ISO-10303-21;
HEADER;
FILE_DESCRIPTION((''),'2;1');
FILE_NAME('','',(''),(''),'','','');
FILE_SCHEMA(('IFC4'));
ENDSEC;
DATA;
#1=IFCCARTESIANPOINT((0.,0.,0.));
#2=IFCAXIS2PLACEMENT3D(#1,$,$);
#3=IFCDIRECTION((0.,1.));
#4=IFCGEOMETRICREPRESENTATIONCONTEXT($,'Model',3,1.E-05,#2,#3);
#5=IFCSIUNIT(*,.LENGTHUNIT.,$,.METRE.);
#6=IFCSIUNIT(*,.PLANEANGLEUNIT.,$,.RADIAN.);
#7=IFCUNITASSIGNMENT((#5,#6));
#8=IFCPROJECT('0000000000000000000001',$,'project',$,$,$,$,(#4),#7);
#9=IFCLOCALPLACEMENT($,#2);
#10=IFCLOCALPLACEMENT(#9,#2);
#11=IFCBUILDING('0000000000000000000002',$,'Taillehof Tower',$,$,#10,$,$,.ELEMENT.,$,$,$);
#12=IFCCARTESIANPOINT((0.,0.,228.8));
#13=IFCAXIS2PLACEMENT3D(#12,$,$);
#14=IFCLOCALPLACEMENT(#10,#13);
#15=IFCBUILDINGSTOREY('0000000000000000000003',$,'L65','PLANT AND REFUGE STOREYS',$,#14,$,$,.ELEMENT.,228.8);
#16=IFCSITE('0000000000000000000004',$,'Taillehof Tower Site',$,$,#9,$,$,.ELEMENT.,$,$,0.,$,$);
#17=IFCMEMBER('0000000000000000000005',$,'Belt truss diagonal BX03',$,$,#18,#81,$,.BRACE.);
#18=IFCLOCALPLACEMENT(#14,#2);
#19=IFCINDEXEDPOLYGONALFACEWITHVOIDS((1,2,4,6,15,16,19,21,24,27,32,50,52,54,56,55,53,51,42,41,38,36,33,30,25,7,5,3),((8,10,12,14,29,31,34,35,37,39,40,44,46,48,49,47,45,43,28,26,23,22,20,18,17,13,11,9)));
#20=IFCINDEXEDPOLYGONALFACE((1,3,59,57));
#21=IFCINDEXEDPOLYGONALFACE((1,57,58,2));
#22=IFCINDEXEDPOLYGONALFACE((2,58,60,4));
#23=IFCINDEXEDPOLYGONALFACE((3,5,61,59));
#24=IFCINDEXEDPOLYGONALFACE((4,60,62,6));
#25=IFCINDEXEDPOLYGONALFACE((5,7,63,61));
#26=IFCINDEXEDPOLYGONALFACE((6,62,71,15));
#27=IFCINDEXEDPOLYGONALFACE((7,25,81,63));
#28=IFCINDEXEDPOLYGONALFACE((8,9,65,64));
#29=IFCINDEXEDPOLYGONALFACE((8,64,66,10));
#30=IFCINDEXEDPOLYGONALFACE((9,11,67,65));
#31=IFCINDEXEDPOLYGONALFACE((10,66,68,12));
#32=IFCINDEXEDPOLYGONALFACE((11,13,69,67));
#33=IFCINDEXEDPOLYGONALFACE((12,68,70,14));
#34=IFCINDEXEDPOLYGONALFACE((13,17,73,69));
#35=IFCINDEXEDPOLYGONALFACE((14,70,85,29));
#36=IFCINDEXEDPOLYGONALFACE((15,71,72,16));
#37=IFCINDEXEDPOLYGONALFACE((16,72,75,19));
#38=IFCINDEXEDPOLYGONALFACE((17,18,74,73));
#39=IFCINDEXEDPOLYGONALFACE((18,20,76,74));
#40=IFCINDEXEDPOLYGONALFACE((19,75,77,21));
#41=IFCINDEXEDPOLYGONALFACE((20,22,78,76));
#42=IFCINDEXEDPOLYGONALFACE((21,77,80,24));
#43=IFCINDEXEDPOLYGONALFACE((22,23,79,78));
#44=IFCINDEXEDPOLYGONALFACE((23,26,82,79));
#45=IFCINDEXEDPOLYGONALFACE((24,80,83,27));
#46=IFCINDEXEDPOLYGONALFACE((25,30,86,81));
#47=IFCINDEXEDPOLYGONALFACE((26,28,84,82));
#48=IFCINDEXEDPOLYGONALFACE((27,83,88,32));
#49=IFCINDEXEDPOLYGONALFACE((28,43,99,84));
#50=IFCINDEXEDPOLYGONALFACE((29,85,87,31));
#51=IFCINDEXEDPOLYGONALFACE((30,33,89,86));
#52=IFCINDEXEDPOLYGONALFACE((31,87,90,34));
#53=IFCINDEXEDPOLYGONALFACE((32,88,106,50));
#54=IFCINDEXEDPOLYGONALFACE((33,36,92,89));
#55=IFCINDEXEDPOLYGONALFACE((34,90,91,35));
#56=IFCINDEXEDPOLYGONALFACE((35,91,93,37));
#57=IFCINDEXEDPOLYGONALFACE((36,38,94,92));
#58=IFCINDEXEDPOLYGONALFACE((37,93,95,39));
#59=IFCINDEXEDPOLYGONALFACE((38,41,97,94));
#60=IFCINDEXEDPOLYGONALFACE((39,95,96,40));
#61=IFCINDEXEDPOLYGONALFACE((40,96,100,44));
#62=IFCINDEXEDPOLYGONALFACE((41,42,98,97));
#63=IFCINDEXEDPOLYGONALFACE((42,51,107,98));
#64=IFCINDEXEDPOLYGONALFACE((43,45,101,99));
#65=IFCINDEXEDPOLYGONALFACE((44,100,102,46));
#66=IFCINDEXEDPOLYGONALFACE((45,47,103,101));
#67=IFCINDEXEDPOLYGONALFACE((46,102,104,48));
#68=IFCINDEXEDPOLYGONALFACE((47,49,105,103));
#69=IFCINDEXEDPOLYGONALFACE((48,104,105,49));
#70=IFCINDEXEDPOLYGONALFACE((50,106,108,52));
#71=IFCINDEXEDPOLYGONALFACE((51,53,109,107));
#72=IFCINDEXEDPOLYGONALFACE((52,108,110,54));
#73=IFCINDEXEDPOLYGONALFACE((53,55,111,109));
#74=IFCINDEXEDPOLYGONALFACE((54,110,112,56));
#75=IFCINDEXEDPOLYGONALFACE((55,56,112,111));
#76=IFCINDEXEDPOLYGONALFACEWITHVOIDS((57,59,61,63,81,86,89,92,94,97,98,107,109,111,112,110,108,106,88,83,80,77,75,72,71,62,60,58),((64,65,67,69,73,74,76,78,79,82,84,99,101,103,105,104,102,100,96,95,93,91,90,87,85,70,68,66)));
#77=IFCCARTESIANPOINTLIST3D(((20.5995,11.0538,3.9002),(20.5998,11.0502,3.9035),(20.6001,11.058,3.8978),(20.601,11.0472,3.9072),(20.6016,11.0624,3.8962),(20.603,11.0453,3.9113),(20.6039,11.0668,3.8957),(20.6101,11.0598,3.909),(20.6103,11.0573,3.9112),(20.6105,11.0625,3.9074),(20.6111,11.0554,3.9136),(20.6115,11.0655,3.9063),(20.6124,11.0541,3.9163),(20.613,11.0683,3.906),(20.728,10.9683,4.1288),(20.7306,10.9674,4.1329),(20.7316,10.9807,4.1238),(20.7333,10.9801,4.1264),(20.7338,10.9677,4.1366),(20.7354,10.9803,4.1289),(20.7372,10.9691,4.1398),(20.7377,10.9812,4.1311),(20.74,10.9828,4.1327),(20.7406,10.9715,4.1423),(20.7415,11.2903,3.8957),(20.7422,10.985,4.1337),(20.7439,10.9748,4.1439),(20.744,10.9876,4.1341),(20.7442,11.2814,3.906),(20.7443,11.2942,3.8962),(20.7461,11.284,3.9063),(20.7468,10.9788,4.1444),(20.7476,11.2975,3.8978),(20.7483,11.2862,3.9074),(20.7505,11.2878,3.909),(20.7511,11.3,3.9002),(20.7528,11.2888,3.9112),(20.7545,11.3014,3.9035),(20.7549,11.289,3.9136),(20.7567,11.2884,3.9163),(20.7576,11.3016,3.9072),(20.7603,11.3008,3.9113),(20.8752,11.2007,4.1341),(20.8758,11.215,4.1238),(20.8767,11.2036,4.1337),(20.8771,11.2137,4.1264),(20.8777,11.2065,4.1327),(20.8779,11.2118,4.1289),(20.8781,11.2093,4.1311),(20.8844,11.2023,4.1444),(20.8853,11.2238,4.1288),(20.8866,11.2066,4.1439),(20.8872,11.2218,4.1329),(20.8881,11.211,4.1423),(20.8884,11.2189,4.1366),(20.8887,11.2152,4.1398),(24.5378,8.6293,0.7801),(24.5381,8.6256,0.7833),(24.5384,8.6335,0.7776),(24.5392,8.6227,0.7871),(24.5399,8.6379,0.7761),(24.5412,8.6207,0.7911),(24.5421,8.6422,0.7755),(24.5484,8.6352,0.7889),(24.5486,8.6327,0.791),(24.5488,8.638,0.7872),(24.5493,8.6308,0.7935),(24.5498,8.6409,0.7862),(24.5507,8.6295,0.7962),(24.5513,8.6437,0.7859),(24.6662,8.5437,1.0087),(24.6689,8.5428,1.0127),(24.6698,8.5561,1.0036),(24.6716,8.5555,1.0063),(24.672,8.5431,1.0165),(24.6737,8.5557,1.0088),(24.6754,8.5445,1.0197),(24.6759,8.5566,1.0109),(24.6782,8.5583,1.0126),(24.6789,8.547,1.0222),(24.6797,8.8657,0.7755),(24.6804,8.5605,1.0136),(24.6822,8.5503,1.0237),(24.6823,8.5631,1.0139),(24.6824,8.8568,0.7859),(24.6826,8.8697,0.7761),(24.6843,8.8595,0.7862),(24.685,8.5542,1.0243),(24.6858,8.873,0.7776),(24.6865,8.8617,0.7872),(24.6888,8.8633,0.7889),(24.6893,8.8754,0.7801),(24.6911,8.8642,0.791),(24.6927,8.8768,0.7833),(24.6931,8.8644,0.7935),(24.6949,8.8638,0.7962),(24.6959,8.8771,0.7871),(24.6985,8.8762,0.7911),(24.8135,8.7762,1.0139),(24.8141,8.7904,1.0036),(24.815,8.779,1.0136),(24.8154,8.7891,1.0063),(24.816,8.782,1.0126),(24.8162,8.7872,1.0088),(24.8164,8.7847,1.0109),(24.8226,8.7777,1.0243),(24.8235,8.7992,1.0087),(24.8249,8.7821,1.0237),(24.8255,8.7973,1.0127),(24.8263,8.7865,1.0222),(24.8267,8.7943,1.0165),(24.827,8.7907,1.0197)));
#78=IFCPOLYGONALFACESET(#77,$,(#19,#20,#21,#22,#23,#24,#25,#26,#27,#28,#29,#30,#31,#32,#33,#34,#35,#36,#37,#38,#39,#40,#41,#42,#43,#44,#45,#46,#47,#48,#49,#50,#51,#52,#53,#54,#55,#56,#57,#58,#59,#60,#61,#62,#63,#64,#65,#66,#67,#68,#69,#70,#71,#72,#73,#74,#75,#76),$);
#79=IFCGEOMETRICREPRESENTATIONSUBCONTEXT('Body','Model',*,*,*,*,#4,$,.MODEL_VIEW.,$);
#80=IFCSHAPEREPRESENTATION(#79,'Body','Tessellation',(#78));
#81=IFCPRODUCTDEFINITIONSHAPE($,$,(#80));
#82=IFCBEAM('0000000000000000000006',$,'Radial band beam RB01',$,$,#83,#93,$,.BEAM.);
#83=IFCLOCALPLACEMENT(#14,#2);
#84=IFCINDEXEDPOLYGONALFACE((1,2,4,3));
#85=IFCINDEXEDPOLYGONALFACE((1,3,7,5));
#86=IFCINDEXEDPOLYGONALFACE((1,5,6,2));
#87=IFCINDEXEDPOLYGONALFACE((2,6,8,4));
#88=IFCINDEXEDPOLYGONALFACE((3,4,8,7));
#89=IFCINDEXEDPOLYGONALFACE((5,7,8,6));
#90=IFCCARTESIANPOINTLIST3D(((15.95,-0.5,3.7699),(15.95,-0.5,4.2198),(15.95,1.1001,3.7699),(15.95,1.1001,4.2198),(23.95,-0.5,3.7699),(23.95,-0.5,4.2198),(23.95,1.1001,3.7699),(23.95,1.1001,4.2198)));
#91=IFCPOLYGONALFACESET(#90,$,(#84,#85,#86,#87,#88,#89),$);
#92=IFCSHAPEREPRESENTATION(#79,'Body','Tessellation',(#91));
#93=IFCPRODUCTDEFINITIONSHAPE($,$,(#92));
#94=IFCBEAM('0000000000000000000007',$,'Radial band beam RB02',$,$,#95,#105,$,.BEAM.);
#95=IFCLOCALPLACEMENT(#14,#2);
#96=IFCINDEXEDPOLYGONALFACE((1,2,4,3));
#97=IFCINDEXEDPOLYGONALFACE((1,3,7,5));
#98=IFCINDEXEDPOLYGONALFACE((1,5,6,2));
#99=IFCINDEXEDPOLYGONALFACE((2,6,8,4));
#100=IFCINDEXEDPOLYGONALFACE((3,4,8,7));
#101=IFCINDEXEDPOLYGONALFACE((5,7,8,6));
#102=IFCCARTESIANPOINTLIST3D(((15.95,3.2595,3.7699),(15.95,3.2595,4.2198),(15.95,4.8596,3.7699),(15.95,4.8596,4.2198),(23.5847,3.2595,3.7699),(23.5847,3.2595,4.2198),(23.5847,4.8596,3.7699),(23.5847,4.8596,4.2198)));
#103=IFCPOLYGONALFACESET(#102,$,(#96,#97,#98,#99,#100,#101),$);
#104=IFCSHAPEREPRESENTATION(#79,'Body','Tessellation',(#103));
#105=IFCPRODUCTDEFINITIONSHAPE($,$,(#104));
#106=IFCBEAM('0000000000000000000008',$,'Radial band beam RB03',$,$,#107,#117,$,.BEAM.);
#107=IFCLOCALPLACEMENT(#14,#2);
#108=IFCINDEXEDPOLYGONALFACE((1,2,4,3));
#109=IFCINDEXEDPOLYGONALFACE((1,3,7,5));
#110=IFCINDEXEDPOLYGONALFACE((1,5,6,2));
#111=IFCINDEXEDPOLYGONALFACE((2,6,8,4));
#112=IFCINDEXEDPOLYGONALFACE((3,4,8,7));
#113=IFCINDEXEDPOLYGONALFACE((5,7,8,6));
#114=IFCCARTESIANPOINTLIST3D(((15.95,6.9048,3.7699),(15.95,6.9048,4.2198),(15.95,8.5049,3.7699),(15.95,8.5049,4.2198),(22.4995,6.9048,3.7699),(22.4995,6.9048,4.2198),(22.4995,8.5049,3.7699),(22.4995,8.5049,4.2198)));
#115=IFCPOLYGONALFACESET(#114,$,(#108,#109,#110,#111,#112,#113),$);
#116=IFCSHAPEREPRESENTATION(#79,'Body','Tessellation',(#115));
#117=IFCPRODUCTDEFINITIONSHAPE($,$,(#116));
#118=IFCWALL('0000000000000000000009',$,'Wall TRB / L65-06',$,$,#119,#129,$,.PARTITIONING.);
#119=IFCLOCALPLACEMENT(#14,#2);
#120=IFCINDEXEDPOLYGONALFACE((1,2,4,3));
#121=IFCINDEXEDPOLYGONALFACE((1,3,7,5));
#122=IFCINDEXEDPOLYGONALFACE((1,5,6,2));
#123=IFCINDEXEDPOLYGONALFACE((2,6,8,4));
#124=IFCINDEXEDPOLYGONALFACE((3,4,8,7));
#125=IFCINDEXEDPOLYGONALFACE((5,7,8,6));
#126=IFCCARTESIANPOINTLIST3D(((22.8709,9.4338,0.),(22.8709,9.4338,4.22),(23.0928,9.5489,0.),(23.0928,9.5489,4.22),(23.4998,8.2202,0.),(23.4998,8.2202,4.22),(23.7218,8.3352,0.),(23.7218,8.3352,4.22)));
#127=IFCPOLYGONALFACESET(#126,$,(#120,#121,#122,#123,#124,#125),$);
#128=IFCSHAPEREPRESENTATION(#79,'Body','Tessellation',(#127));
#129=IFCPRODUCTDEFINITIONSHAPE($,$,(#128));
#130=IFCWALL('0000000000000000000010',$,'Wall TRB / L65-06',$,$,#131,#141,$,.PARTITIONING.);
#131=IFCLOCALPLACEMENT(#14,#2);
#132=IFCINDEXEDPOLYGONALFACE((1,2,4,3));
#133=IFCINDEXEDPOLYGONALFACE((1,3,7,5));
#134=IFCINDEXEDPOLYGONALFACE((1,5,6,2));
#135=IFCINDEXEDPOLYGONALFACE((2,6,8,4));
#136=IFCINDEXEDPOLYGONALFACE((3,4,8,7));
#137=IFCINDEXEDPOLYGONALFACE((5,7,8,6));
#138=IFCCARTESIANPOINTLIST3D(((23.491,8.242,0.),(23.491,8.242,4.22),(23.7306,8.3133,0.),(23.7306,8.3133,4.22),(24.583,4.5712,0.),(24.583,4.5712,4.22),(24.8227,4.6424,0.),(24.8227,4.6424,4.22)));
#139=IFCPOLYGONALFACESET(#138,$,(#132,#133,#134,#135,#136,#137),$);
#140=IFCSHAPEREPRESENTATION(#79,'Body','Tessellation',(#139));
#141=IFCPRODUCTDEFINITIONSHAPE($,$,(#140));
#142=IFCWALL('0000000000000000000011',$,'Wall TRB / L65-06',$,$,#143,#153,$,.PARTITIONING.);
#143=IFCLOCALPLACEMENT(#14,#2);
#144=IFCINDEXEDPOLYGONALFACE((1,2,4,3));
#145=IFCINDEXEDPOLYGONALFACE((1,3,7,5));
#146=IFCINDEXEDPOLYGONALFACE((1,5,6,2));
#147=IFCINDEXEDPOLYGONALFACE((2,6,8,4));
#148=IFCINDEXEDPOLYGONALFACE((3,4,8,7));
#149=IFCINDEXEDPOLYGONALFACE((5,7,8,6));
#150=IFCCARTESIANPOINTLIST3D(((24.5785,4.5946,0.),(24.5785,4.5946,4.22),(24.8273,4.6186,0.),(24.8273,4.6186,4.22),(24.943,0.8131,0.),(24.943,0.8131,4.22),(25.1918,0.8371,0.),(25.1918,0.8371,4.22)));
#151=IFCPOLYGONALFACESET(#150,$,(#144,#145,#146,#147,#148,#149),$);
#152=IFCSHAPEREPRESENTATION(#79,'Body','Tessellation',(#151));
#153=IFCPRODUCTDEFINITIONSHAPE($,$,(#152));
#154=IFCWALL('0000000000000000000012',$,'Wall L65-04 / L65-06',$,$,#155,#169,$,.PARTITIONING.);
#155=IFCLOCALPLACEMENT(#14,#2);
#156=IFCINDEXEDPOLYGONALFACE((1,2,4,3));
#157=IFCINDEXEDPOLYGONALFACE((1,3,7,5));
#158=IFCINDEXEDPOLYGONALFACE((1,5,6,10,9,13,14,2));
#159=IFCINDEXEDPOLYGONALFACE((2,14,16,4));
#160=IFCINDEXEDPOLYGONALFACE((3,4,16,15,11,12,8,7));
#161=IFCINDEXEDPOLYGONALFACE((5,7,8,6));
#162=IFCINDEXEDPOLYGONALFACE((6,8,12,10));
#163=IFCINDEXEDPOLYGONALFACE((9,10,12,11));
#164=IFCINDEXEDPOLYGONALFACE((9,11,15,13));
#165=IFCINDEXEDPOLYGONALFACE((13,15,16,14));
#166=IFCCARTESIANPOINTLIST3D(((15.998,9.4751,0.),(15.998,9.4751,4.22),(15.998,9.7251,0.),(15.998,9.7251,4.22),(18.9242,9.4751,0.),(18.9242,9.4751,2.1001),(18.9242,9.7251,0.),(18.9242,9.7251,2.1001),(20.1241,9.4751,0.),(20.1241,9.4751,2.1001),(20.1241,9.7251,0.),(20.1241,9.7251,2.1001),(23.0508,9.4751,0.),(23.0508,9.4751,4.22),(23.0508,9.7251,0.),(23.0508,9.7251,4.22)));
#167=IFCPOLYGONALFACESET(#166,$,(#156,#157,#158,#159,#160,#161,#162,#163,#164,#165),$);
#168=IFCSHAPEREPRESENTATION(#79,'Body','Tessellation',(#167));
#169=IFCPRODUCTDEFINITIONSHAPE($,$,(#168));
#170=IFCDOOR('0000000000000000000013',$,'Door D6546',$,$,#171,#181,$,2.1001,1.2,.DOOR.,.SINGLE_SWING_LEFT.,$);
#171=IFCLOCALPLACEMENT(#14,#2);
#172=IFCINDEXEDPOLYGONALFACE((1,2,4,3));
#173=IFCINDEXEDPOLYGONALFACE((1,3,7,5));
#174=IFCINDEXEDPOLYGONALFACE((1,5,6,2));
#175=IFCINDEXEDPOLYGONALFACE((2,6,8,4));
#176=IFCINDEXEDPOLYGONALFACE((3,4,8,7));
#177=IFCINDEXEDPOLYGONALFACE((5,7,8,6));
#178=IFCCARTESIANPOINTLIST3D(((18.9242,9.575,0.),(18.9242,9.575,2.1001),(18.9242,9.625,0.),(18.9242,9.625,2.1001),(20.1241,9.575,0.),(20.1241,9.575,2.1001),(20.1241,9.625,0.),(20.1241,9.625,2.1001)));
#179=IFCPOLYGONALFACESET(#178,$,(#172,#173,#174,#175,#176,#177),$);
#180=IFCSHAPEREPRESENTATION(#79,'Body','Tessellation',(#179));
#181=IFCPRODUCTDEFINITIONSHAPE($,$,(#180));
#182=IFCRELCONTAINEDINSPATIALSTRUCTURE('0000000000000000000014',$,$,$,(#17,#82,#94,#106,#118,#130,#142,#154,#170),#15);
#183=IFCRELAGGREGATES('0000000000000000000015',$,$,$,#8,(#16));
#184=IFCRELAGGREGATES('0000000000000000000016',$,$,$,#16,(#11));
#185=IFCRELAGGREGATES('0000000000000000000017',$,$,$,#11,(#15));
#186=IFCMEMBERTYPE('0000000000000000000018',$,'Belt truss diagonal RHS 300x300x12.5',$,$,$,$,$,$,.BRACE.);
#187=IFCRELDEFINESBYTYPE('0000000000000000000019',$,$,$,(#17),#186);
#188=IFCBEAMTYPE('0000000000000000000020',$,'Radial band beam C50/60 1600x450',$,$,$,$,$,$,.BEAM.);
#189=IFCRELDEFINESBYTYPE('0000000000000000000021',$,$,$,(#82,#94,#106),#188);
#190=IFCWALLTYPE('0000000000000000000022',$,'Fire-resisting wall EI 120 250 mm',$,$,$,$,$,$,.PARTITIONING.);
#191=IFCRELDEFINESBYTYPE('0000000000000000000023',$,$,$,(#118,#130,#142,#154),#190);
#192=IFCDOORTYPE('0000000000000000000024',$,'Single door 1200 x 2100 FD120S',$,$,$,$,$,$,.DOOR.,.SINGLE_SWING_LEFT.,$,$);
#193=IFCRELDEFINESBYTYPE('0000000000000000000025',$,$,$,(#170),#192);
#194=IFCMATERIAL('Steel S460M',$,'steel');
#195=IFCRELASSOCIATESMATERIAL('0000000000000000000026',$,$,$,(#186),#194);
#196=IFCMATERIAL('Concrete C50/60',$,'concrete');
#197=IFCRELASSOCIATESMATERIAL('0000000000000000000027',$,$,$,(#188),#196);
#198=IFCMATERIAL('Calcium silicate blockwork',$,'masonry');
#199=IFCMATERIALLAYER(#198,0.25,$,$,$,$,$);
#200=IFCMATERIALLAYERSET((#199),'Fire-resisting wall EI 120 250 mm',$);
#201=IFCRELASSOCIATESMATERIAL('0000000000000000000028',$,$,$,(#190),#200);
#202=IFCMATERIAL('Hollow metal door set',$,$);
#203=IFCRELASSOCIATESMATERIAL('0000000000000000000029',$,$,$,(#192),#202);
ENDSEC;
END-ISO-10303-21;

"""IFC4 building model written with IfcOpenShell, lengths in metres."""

from ifc_helpers import new_model, si_unit, direction, frame, frame_2d, origin, origin_2d, place, context, subcontext, project, spatial, rectangle, hollow_rectangle, extrude, material, layer, layer_set, material_profile, profile_set, type_object, element, fill, save


model = new_model("IFC4")

# Units and contexts
model_context = context("Model", 3, precision=1e-05, world=origin(), true_north=direction((0.0, 1.0)))
body_context = subcontext(model_context, "Body", "Model", "MODEL_VIEW")
ifc_project = project(units=[si_unit("LENGTHUNIT", "METRE"), si_unit("PLANEANGLEUNIT", "RADIAN")], contexts=[model_context])

# Site, building, storey
site_placement = place(None, origin())
site = spatial("IfcSite", under=ifc_project, at=site_placement, Name="Taillehof Tower Site", CompositionType="ELEMENT", RefElevation=0.0)
building_placement = place(site_placement, origin())
building = spatial("IfcBuilding", under=site, at=building_placement, Name="Taillehof Tower", CompositionType="ELEMENT")
storey_placement = place(building_placement, frame((0.0, 0.0, 228.8)))
storey = spatial("IfcBuildingStorey", under=building, at=storey_placement, Name="L65", Description="PLANT AND REFUGE STOREYS", CompositionType="ELEMENT", Elevation=228.8)

# Member
ifc_material_1 = material(Name="Steel S460M", Category="steel")
ifc_material_profile_1 = material_profile(ifc_material_1, hollow_rectangle(XDim=0.3, YDim=0.3, WallThickness=0.0125, InnerFilletRadius=0.0125, OuterFilletRadius=0.0188, at=origin_2d()), Name="RHS 300x300x12.5")
ifc_profile_set_1 = profile_set([ifc_material_profile_1], Name="Steel S460M")
member_type_1 = type_object("IfcMemberType", Name="Belt truss diagonal RHS 300x300x12.5", PredefinedType="BRACE", material=ifc_profile_set_1)
member_1_placement = place(storey_placement, frame((24.6824, 8.71, 0.8999), z_axis=(-0.705925, 0.4346, 0.559278), x_axis=(-0.524259, -0.851559, 0.0)))
element("IfcMember", 1, at=member_1_placement, inside=storey, type_object=member_type_1, Name="Belt truss diagonal BX03", PredefinedType="BRACE", context=body_context, shape_type="SweptSolid", body=[
    extrude(hollow_rectangle(XDim=0.3, YDim=0.3, WallThickness=0.0125, InnerFilletRadius=0.0125, OuterFilletRadius=0.0188, at=origin_2d()), origin(), (0.0, 0.0, 1.0), 5.5789),
])

# Beams
ifc_material_2 = material(Name="Concrete C50/60", Category="concrete")
ifc_material_profile_2 = material_profile(ifc_material_2, rectangle(XDim=1.6001, YDim=0.45, at=origin_2d()), Name="RC 1600x450")
ifc_profile_set_2 = profile_set([ifc_material_profile_2], Name="Concrete C50/60")
beam_type = type_object("IfcBeamType", Name="Radial band beam C50/60 1600x450", PredefinedType="BEAM", material=ifc_profile_set_2)
beam_1_placement = place(storey_placement, frame((23.95, 0.3, 3.9949), z_axis=(-1.0, 0.0, 0.0), x_axis=(0.0, -1.0, 0.0)))
element("IfcBeam", 2, at=beam_1_placement, inside=storey, type_object=beam_type, Name="Radial band beam RB01", PredefinedType="BEAM", context=body_context, shape_type="SweptSolid", body=[
    extrude(rectangle(XDim=1.6001, YDim=0.45, at=origin_2d()), origin(), (0.0, 0.0, 1.0), 8.0),
])
beam_2_placement = place(storey_placement, frame((23.5847, 4.0596, 3.9949), z_axis=(-1.0, 0.0, 0.0), x_axis=(0.0, -1.0, 0.0)))
element("IfcBeam", 3, at=beam_2_placement, inside=storey, type_object=beam_type, Name="Radial band beam RB02", PredefinedType="BEAM", context=body_context, shape_type="SweptSolid", body=[
    extrude(rectangle(XDim=1.6001, YDim=0.45, at=origin_2d()), origin(), (0.0, 0.0, 1.0), 7.6348),
])
beam_3_placement = place(storey_placement, frame((22.4995, 7.7048, 3.9949), z_axis=(-1.0, 0.0, 0.0), x_axis=(0.0, -1.0, 0.0)))
element("IfcBeam", 4, at=beam_3_placement, inside=storey, type_object=beam_type, Name="Radial band beam RB03", PredefinedType="BEAM", context=body_context, shape_type="SweptSolid", body=[
    extrude(rectangle(XDim=1.6001, YDim=0.45, at=origin_2d()), origin(), (0.0, 0.0, 1.0), 6.5496),
])

# Walls
ifc_material_3 = material(Name="Calcium silicate blockwork", Category="masonry")
ifc_layer_1 = layer(ifc_material_3, 0.25)
ifc_layer_set_1 = layer_set([ifc_layer_1], Name="Fire-resisting wall EI 120 250 mm")
wall_type = type_object("IfcWallType", Name="Fire-resisting wall EI 120 250 mm", PredefinedType="PARTITIONING", material=ifc_layer_set_1)
wall_1_placement = place(storey_placement, frame((23.6108, 8.2776, 0.0), z_axis=(0.0, 0.0, 1.0), x_axis=(-0.460098, 0.887868, 0.0)))
element("IfcWall", 5, at=wall_1_placement, inside=storey, type_object=wall_type, Name="Wall TRB / L65-06", PredefinedType="PARTITIONING", context=body_context, shape_type="SweptSolid", body=[
    extrude(rectangle(XDim=1.3669, YDim=0.25, at=frame_2d((0.6836, 0.0))), origin(), (0.0, 0.0, 1.0), 4.22),
])
wall_2_placement = place(storey_placement, frame((24.7029, 4.6067, 0.0), z_axis=(0.0, 0.0, 1.0), x_axis=(-0.285136, 0.958487, 0.0)))
element("IfcWall", 6, at=wall_2_placement, inside=storey, type_object=wall_type, Name="Wall TRB / L65-06", PredefinedType="PARTITIONING", context=body_context, shape_type="SweptSolid", body=[
    extrude(rectangle(XDim=3.8298, YDim=0.25, at=frame_2d((1.915, 0.0))), origin(), (0.0, 0.0, 1.0), 4.22),
])
wall_3_placement = place(storey_placement, frame((25.0674, 0.8252, 0.0), z_axis=(0.0, 0.0, 1.0), x_axis=(-0.095946, 0.995387, 0.0)))
element("IfcWall", 7, at=wall_3_placement, inside=storey, type_object=wall_type, Name="Wall TRB / L65-06", PredefinedType="PARTITIONING", context=body_context, shape_type="SweptSolid", body=[
    extrude(rectangle(XDim=3.7991, YDim=0.25, at=frame_2d((1.8994, 0.0))), origin(), (0.0, 0.0, 1.0), 4.22),
])

# Wall, opening, door
wall_4_placement = place(storey_placement, frame((15.998, 9.6001, 0.0), z_axis=(0.0, 0.0, 1.0), x_axis=(1.0, 0.0, 0.0)))
wall_4 = element("IfcWall", 8, at=wall_4_placement, inside=storey, type_object=wall_type, Name="Wall L65-04 / L65-06", PredefinedType="PARTITIONING", context=body_context, shape_type="SweptSolid", body=[
    extrude(rectangle(XDim=7.0527, YDim=0.25, at=frame_2d((3.5264, 0.0))), origin(), (0.0, 0.0, 1.0), 4.22),
])
opening_placement = place(wall_4_placement, frame((2.926, 0.0, 0.0)))
opening = element("IfcOpeningElement", 9, at=opening_placement, cuts=wall_4, PredefinedType="OPENING", context=body_context, shape_type="SweptSolid", body=[
    extrude(rectangle(XDim=1.2, YDim=2.1001, at=frame_2d((0.6001, 1.05))), frame((0.0, 0.135, 0.0), z_axis=(0.0, -1.0, 0.0), x_axis=(1.0, 0.0, 0.0)), (0.0, 0.0, 1.0), 0.27),
])
ifc_material_4 = material(Name="Hollow metal door set")
door_type = type_object("IfcDoorType", Name="Single door 1200 x 2100 FD120S", OperationType="SINGLE_SWING_LEFT", PredefinedType="DOOR", material=ifc_material_4)
door_placement = place(opening_placement, origin())
door = element("IfcDoor", 10, at=door_placement, inside=storey, type_object=door_type, Name="Door D6546", OperationType="SINGLE_SWING_LEFT", OverallHeight=2.1001, OverallWidth=1.2, PredefinedType="DOOR", context=body_context, shape_type="SweptSolid", body=[
    extrude(rectangle(XDim=1.2, YDim=2.1001, at=frame_2d((0.6001, 1.05))), frame((0.0, 0.0249, 0.0), z_axis=(0.0, -1.0, 0.0), x_axis=(1.0, 0.0, 0.0)), (0.0, 0.0, 1.0), 0.05),
])
fill(opening, door)

save(model, "model.ifc")
